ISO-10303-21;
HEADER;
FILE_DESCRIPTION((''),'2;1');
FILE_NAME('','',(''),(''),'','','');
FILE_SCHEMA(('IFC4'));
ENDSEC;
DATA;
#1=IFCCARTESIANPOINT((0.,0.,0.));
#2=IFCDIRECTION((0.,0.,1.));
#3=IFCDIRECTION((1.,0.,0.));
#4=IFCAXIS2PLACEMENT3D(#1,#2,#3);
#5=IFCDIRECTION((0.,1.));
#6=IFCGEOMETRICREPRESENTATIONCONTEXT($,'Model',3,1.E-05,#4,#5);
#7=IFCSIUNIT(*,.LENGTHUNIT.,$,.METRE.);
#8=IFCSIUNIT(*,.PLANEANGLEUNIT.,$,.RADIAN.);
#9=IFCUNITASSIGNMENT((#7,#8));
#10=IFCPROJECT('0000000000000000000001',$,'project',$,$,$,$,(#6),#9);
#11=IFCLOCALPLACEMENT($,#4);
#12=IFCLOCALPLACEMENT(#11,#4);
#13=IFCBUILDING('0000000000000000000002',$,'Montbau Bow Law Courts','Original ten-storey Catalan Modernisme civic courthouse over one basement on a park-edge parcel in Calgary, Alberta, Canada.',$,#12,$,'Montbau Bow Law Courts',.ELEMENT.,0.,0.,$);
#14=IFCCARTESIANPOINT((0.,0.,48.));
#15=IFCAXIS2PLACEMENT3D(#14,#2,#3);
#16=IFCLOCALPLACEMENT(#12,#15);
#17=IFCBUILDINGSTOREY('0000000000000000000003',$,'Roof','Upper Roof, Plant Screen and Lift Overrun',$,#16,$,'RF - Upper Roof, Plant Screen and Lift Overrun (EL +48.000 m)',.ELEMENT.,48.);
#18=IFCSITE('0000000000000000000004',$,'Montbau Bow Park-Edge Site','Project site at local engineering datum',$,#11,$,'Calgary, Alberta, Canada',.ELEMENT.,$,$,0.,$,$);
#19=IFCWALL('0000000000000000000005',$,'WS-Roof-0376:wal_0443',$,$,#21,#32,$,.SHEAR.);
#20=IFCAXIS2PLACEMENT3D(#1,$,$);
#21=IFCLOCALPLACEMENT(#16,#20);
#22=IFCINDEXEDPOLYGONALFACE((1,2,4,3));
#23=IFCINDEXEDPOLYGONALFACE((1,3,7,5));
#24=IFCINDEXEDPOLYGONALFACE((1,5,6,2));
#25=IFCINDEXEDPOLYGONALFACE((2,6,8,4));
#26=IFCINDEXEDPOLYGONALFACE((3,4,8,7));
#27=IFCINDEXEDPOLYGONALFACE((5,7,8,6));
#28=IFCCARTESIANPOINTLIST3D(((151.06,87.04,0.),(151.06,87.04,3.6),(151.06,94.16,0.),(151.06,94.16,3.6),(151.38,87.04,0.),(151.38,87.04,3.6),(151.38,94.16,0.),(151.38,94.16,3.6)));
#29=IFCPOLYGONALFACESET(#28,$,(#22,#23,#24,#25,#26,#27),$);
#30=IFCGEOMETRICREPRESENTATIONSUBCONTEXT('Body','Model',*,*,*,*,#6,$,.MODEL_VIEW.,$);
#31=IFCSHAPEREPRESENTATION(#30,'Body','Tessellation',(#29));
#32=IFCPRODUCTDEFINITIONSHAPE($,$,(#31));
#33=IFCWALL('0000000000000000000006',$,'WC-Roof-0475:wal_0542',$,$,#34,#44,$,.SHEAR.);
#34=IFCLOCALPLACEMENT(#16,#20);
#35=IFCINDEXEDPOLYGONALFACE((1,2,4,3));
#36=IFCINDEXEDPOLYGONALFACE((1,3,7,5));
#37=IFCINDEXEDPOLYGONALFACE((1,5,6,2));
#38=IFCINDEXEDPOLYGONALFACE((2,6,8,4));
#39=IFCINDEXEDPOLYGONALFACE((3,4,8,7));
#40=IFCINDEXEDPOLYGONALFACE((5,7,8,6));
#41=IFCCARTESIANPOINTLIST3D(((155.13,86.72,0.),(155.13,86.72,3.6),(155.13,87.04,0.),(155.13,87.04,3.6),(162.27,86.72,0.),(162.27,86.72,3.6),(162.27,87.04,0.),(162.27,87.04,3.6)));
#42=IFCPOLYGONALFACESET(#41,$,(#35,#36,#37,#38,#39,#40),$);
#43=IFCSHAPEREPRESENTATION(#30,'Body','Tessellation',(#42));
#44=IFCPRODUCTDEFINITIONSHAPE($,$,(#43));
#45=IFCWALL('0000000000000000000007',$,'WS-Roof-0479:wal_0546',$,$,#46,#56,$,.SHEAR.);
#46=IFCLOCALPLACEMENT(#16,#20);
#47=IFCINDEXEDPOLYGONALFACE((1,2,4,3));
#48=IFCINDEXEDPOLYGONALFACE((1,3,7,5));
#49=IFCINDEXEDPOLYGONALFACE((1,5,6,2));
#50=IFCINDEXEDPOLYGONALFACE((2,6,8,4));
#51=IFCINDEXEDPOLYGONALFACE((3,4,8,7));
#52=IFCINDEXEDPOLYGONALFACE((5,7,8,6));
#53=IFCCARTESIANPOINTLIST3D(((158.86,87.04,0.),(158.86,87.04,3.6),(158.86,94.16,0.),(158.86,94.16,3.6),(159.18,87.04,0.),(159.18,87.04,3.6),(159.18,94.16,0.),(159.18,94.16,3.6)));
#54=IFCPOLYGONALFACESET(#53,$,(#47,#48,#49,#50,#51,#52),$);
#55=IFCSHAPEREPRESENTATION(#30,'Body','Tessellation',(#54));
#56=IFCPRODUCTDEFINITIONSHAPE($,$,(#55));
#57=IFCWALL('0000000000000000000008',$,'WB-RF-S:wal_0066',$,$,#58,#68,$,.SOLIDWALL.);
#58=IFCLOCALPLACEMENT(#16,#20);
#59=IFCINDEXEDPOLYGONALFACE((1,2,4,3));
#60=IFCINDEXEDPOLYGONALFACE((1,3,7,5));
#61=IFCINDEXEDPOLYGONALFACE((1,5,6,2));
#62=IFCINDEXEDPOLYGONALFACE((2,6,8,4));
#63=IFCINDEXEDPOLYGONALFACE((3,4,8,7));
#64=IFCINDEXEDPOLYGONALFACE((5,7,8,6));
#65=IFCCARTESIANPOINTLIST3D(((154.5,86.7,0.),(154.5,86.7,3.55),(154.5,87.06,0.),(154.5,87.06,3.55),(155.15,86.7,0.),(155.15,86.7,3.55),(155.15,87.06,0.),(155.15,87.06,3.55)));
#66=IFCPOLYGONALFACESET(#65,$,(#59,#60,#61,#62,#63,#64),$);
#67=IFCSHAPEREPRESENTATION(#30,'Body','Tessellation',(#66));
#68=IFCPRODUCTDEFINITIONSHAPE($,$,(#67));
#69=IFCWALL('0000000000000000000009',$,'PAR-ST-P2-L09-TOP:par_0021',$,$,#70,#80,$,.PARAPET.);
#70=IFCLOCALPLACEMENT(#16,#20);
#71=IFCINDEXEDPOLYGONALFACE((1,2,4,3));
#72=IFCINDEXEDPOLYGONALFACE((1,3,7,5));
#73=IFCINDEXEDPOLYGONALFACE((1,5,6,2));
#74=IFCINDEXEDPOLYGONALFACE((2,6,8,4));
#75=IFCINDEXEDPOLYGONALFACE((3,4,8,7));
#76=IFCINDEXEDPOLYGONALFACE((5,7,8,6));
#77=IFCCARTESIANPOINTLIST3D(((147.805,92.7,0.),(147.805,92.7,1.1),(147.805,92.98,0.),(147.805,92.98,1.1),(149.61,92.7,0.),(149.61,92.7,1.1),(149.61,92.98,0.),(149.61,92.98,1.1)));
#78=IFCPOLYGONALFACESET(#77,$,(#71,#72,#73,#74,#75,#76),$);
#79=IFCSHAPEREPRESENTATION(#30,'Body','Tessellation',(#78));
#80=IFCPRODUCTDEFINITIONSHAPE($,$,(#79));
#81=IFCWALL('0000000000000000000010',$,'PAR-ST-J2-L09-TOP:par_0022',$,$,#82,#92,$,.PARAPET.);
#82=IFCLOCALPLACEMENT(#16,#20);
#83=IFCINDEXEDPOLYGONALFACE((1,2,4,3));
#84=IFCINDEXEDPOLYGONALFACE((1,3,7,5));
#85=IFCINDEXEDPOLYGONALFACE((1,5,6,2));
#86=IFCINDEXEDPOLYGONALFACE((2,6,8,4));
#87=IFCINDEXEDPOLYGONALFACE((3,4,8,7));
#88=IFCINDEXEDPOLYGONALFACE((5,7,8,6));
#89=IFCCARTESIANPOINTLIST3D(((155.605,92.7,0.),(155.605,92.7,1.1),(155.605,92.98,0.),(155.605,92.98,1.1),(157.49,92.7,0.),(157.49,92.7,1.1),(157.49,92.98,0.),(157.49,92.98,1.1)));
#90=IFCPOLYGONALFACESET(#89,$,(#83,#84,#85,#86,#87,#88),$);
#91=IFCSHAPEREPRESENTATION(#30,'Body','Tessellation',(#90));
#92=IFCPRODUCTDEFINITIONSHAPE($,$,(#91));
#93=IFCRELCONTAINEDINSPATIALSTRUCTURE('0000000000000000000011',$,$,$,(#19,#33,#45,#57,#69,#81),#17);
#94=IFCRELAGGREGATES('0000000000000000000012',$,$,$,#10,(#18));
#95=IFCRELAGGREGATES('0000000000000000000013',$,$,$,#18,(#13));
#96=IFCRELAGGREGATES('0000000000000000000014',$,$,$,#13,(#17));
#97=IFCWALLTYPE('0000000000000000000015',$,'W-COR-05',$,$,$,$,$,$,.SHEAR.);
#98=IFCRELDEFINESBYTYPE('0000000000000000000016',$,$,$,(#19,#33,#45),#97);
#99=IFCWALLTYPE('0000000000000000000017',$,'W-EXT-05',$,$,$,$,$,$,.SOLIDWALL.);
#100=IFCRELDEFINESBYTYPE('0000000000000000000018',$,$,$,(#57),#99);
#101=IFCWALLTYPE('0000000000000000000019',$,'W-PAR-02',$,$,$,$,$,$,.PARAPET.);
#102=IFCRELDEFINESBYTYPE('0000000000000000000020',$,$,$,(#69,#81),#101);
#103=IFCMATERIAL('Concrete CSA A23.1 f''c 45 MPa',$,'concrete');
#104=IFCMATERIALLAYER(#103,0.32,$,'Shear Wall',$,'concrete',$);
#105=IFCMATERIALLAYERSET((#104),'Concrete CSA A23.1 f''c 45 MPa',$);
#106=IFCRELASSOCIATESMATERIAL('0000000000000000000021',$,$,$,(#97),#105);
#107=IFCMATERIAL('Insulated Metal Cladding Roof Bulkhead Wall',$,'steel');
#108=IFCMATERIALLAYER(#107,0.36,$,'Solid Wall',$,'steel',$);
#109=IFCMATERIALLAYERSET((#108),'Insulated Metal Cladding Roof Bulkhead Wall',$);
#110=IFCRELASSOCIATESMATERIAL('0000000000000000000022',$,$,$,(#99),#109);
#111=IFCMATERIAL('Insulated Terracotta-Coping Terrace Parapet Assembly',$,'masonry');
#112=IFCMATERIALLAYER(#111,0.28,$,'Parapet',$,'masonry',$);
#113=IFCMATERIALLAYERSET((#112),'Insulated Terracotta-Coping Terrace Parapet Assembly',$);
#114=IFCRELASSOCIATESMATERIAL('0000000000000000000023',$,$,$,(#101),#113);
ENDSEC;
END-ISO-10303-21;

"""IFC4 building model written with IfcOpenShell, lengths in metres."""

from ifc_helpers import new_model, si_unit, direction, frame, frame_2d, origin_with_axes, place, context, subcontext, project, spatial, rectangle, extrude, material, layer, layer_set, type_object, element, save


model = new_model("IFC4")

# Units and contexts
model_context = context("Model", 3, precision=1e-05, world=origin_with_axes(), true_north=direction((0.0, 1.0)))
body_context = subcontext(model_context, "Body", "Model", "MODEL_VIEW")
ifc_project = project(units=[si_unit("LENGTHUNIT", "METRE"), si_unit("PLANEANGLEUNIT", "RADIAN")], contexts=[model_context])

# Site, building, storey
site_placement = place(None, origin_with_axes())
site = spatial("IfcSite", under=ifc_project, at=site_placement, Name="Montbau Bow Park-Edge Site", Description="Project site at local engineering datum", LongName="Calgary, Alberta, Canada", CompositionType="ELEMENT", RefElevation=0.0)
building_placement = place(site_placement, origin_with_axes())
building = spatial("IfcBuilding", under=site, at=building_placement, Name="Montbau Bow Law Courts", Description="Original ten-storey Catalan Modernisme civic courthouse over one basement on a park-edge parcel in Calgary, Alberta, Canada.", LongName="Montbau Bow Law Courts", CompositionType="ELEMENT", ElevationOfRefHeight=0.0, ElevationOfTerrain=0.0)
storey_placement = place(building_placement, frame((0.0, 0.0, 48.0), z_axis=(0.0, 0.0, 1.0), x_axis=(1.0, 0.0, 0.0)))
storey = spatial("IfcBuildingStorey", under=building, at=storey_placement, Name="Roof", Description="Upper Roof, Plant Screen and Lift Overrun", LongName="RF - Upper Roof, Plant Screen and Lift Overrun (EL +48.000 m)", CompositionType="ELEMENT", Elevation=48.0)

# Walls
ifc_material_1 = material(Name="Concrete CSA A23.1 f'c 45 MPa", Category="concrete")
ifc_layer_1 = layer(ifc_material_1, 0.32, Name="Shear Wall", Category="concrete")
ifc_layer_set_1 = layer_set([ifc_layer_1], Name="Concrete CSA A23.1 f'c 45 MPa")
wall_type_1 = type_object("IfcWallType", Name="W-COR-05", PredefinedType="SHEAR", material=ifc_layer_set_1)
wall_1_placement = place(None, frame((151.22, 87.04, 48.0), z_axis=(0.0, 0.0, 1.0), x_axis=(0.0, 1.0, 0.0)))
element("IfcWall", 1, at=wall_1_placement, inside=storey, type_object=wall_type_1, Name="WS-Roof-0376:wal_0443", PredefinedType="SHEAR", context=body_context, shape_type="SweptSolid", body=[
    extrude(rectangle(XDim=7.12, YDim=0.32, at=frame_2d((3.56, 0.0), x_axis=(1.0, 0.0))), origin_with_axes(), (0.0, 0.0, 1.0), 3.6),
])
wall_2_placement = place(None, frame((155.13, 86.88, 48.0), z_axis=(0.0, 0.0, 1.0), x_axis=(1.0, 0.0, 0.0)))
element("IfcWall", 2, at=wall_2_placement, inside=storey, type_object=wall_type_1, Name="WC-Roof-0475:wal_0542", PredefinedType="SHEAR", context=body_context, shape_type="SweptSolid", body=[
    extrude(rectangle(XDim=7.14, YDim=0.32, at=frame_2d((3.57, 0.0), x_axis=(1.0, 0.0))), origin_with_axes(), (0.0, 0.0, 1.0), 3.6),
])
wall_3_placement = place(None, frame((159.02, 87.04, 48.0), z_axis=(0.0, 0.0, 1.0), x_axis=(0.0, 1.0, 0.0)))
element("IfcWall", 3, at=wall_3_placement, inside=storey, type_object=wall_type_1, Name="WS-Roof-0479:wal_0546", PredefinedType="SHEAR", context=body_context, shape_type="SweptSolid", body=[
    extrude(rectangle(XDim=7.12, YDim=0.32, at=frame_2d((3.56, 0.0), x_axis=(1.0, 0.0))), origin_with_axes(), (0.0, 0.0, 1.0), 3.6),
])
ifc_material_2 = material(Name="Insulated Metal Cladding Roof Bulkhead Wall", Category="steel")
ifc_layer_2 = layer(ifc_material_2, 0.36, Name="Solid Wall", Category="steel")
ifc_layer_set_2 = layer_set([ifc_layer_2], Name="Insulated Metal Cladding Roof Bulkhead Wall")
wall_type_2 = type_object("IfcWallType", Name="W-EXT-05", PredefinedType="SOLIDWALL", material=ifc_layer_set_2)
wall_4_placement = place(None, frame((154.5, 86.88, 48.0), z_axis=(0.0, 0.0, 1.0), x_axis=(1.0, 0.0, 0.0)))
element("IfcWall", 4, at=wall_4_placement, inside=storey, type_object=wall_type_2, Name="WB-RF-S:wal_0066", PredefinedType="SOLIDWALL", context=body_context, shape_type="SweptSolid", body=[
    extrude(rectangle(XDim=0.65, YDim=0.36, at=frame_2d((0.325, 0.0), x_axis=(1.0, 0.0))), origin_with_axes(), (0.0, 0.0, 1.0), 3.55),
])
ifc_material_3 = material(Name="Insulated Terracotta-Coping Terrace Parapet Assembly", Category="masonry")
ifc_layer_3 = layer(ifc_material_3, 0.28, Name="Parapet", Category="masonry")
ifc_layer_set_3 = layer_set([ifc_layer_3], Name="Insulated Terracotta-Coping Terrace Parapet Assembly")
wall_type_3 = type_object("IfcWallType", Name="W-PAR-02", PredefinedType="PARAPET", material=ifc_layer_set_3)
wall_5_placement = place(None, frame((147.805, 92.84, 48.0), z_axis=(0.0, 0.0, 1.0), x_axis=(1.0, 0.0, 0.0)))
element("IfcWall", 5, at=wall_5_placement, inside=storey, type_object=wall_type_3, Name="PAR-ST-P2-L09-TOP:par_0021", PredefinedType="PARAPET", context=body_context, shape_type="SweptSolid", body=[
    extrude(rectangle(XDim=1.805, YDim=0.28, at=frame_2d((0.9025, 0.0), x_axis=(1.0, 0.0))), origin_with_axes(), (0.0, 0.0, 1.0), 1.1),
])
wall_6_placement = place(None, frame((155.605, 92.84, 48.0), z_axis=(0.0, 0.0, 1.0), x_axis=(1.0, 0.0, 0.0)))
element("IfcWall", 6, at=wall_6_placement, inside=storey, type_object=wall_type_3, Name="PAR-ST-J2-L09-TOP:par_0022", PredefinedType="PARAPET", context=body_context, shape_type="SweptSolid", body=[
    extrude(rectangle(XDim=1.885, YDim=0.28, at=frame_2d((0.9425, 0.0), x_axis=(1.0, 0.0))), origin_with_axes(), (0.0, 0.0, 1.0), 1.1),
])

save(model, "model.ifc")
